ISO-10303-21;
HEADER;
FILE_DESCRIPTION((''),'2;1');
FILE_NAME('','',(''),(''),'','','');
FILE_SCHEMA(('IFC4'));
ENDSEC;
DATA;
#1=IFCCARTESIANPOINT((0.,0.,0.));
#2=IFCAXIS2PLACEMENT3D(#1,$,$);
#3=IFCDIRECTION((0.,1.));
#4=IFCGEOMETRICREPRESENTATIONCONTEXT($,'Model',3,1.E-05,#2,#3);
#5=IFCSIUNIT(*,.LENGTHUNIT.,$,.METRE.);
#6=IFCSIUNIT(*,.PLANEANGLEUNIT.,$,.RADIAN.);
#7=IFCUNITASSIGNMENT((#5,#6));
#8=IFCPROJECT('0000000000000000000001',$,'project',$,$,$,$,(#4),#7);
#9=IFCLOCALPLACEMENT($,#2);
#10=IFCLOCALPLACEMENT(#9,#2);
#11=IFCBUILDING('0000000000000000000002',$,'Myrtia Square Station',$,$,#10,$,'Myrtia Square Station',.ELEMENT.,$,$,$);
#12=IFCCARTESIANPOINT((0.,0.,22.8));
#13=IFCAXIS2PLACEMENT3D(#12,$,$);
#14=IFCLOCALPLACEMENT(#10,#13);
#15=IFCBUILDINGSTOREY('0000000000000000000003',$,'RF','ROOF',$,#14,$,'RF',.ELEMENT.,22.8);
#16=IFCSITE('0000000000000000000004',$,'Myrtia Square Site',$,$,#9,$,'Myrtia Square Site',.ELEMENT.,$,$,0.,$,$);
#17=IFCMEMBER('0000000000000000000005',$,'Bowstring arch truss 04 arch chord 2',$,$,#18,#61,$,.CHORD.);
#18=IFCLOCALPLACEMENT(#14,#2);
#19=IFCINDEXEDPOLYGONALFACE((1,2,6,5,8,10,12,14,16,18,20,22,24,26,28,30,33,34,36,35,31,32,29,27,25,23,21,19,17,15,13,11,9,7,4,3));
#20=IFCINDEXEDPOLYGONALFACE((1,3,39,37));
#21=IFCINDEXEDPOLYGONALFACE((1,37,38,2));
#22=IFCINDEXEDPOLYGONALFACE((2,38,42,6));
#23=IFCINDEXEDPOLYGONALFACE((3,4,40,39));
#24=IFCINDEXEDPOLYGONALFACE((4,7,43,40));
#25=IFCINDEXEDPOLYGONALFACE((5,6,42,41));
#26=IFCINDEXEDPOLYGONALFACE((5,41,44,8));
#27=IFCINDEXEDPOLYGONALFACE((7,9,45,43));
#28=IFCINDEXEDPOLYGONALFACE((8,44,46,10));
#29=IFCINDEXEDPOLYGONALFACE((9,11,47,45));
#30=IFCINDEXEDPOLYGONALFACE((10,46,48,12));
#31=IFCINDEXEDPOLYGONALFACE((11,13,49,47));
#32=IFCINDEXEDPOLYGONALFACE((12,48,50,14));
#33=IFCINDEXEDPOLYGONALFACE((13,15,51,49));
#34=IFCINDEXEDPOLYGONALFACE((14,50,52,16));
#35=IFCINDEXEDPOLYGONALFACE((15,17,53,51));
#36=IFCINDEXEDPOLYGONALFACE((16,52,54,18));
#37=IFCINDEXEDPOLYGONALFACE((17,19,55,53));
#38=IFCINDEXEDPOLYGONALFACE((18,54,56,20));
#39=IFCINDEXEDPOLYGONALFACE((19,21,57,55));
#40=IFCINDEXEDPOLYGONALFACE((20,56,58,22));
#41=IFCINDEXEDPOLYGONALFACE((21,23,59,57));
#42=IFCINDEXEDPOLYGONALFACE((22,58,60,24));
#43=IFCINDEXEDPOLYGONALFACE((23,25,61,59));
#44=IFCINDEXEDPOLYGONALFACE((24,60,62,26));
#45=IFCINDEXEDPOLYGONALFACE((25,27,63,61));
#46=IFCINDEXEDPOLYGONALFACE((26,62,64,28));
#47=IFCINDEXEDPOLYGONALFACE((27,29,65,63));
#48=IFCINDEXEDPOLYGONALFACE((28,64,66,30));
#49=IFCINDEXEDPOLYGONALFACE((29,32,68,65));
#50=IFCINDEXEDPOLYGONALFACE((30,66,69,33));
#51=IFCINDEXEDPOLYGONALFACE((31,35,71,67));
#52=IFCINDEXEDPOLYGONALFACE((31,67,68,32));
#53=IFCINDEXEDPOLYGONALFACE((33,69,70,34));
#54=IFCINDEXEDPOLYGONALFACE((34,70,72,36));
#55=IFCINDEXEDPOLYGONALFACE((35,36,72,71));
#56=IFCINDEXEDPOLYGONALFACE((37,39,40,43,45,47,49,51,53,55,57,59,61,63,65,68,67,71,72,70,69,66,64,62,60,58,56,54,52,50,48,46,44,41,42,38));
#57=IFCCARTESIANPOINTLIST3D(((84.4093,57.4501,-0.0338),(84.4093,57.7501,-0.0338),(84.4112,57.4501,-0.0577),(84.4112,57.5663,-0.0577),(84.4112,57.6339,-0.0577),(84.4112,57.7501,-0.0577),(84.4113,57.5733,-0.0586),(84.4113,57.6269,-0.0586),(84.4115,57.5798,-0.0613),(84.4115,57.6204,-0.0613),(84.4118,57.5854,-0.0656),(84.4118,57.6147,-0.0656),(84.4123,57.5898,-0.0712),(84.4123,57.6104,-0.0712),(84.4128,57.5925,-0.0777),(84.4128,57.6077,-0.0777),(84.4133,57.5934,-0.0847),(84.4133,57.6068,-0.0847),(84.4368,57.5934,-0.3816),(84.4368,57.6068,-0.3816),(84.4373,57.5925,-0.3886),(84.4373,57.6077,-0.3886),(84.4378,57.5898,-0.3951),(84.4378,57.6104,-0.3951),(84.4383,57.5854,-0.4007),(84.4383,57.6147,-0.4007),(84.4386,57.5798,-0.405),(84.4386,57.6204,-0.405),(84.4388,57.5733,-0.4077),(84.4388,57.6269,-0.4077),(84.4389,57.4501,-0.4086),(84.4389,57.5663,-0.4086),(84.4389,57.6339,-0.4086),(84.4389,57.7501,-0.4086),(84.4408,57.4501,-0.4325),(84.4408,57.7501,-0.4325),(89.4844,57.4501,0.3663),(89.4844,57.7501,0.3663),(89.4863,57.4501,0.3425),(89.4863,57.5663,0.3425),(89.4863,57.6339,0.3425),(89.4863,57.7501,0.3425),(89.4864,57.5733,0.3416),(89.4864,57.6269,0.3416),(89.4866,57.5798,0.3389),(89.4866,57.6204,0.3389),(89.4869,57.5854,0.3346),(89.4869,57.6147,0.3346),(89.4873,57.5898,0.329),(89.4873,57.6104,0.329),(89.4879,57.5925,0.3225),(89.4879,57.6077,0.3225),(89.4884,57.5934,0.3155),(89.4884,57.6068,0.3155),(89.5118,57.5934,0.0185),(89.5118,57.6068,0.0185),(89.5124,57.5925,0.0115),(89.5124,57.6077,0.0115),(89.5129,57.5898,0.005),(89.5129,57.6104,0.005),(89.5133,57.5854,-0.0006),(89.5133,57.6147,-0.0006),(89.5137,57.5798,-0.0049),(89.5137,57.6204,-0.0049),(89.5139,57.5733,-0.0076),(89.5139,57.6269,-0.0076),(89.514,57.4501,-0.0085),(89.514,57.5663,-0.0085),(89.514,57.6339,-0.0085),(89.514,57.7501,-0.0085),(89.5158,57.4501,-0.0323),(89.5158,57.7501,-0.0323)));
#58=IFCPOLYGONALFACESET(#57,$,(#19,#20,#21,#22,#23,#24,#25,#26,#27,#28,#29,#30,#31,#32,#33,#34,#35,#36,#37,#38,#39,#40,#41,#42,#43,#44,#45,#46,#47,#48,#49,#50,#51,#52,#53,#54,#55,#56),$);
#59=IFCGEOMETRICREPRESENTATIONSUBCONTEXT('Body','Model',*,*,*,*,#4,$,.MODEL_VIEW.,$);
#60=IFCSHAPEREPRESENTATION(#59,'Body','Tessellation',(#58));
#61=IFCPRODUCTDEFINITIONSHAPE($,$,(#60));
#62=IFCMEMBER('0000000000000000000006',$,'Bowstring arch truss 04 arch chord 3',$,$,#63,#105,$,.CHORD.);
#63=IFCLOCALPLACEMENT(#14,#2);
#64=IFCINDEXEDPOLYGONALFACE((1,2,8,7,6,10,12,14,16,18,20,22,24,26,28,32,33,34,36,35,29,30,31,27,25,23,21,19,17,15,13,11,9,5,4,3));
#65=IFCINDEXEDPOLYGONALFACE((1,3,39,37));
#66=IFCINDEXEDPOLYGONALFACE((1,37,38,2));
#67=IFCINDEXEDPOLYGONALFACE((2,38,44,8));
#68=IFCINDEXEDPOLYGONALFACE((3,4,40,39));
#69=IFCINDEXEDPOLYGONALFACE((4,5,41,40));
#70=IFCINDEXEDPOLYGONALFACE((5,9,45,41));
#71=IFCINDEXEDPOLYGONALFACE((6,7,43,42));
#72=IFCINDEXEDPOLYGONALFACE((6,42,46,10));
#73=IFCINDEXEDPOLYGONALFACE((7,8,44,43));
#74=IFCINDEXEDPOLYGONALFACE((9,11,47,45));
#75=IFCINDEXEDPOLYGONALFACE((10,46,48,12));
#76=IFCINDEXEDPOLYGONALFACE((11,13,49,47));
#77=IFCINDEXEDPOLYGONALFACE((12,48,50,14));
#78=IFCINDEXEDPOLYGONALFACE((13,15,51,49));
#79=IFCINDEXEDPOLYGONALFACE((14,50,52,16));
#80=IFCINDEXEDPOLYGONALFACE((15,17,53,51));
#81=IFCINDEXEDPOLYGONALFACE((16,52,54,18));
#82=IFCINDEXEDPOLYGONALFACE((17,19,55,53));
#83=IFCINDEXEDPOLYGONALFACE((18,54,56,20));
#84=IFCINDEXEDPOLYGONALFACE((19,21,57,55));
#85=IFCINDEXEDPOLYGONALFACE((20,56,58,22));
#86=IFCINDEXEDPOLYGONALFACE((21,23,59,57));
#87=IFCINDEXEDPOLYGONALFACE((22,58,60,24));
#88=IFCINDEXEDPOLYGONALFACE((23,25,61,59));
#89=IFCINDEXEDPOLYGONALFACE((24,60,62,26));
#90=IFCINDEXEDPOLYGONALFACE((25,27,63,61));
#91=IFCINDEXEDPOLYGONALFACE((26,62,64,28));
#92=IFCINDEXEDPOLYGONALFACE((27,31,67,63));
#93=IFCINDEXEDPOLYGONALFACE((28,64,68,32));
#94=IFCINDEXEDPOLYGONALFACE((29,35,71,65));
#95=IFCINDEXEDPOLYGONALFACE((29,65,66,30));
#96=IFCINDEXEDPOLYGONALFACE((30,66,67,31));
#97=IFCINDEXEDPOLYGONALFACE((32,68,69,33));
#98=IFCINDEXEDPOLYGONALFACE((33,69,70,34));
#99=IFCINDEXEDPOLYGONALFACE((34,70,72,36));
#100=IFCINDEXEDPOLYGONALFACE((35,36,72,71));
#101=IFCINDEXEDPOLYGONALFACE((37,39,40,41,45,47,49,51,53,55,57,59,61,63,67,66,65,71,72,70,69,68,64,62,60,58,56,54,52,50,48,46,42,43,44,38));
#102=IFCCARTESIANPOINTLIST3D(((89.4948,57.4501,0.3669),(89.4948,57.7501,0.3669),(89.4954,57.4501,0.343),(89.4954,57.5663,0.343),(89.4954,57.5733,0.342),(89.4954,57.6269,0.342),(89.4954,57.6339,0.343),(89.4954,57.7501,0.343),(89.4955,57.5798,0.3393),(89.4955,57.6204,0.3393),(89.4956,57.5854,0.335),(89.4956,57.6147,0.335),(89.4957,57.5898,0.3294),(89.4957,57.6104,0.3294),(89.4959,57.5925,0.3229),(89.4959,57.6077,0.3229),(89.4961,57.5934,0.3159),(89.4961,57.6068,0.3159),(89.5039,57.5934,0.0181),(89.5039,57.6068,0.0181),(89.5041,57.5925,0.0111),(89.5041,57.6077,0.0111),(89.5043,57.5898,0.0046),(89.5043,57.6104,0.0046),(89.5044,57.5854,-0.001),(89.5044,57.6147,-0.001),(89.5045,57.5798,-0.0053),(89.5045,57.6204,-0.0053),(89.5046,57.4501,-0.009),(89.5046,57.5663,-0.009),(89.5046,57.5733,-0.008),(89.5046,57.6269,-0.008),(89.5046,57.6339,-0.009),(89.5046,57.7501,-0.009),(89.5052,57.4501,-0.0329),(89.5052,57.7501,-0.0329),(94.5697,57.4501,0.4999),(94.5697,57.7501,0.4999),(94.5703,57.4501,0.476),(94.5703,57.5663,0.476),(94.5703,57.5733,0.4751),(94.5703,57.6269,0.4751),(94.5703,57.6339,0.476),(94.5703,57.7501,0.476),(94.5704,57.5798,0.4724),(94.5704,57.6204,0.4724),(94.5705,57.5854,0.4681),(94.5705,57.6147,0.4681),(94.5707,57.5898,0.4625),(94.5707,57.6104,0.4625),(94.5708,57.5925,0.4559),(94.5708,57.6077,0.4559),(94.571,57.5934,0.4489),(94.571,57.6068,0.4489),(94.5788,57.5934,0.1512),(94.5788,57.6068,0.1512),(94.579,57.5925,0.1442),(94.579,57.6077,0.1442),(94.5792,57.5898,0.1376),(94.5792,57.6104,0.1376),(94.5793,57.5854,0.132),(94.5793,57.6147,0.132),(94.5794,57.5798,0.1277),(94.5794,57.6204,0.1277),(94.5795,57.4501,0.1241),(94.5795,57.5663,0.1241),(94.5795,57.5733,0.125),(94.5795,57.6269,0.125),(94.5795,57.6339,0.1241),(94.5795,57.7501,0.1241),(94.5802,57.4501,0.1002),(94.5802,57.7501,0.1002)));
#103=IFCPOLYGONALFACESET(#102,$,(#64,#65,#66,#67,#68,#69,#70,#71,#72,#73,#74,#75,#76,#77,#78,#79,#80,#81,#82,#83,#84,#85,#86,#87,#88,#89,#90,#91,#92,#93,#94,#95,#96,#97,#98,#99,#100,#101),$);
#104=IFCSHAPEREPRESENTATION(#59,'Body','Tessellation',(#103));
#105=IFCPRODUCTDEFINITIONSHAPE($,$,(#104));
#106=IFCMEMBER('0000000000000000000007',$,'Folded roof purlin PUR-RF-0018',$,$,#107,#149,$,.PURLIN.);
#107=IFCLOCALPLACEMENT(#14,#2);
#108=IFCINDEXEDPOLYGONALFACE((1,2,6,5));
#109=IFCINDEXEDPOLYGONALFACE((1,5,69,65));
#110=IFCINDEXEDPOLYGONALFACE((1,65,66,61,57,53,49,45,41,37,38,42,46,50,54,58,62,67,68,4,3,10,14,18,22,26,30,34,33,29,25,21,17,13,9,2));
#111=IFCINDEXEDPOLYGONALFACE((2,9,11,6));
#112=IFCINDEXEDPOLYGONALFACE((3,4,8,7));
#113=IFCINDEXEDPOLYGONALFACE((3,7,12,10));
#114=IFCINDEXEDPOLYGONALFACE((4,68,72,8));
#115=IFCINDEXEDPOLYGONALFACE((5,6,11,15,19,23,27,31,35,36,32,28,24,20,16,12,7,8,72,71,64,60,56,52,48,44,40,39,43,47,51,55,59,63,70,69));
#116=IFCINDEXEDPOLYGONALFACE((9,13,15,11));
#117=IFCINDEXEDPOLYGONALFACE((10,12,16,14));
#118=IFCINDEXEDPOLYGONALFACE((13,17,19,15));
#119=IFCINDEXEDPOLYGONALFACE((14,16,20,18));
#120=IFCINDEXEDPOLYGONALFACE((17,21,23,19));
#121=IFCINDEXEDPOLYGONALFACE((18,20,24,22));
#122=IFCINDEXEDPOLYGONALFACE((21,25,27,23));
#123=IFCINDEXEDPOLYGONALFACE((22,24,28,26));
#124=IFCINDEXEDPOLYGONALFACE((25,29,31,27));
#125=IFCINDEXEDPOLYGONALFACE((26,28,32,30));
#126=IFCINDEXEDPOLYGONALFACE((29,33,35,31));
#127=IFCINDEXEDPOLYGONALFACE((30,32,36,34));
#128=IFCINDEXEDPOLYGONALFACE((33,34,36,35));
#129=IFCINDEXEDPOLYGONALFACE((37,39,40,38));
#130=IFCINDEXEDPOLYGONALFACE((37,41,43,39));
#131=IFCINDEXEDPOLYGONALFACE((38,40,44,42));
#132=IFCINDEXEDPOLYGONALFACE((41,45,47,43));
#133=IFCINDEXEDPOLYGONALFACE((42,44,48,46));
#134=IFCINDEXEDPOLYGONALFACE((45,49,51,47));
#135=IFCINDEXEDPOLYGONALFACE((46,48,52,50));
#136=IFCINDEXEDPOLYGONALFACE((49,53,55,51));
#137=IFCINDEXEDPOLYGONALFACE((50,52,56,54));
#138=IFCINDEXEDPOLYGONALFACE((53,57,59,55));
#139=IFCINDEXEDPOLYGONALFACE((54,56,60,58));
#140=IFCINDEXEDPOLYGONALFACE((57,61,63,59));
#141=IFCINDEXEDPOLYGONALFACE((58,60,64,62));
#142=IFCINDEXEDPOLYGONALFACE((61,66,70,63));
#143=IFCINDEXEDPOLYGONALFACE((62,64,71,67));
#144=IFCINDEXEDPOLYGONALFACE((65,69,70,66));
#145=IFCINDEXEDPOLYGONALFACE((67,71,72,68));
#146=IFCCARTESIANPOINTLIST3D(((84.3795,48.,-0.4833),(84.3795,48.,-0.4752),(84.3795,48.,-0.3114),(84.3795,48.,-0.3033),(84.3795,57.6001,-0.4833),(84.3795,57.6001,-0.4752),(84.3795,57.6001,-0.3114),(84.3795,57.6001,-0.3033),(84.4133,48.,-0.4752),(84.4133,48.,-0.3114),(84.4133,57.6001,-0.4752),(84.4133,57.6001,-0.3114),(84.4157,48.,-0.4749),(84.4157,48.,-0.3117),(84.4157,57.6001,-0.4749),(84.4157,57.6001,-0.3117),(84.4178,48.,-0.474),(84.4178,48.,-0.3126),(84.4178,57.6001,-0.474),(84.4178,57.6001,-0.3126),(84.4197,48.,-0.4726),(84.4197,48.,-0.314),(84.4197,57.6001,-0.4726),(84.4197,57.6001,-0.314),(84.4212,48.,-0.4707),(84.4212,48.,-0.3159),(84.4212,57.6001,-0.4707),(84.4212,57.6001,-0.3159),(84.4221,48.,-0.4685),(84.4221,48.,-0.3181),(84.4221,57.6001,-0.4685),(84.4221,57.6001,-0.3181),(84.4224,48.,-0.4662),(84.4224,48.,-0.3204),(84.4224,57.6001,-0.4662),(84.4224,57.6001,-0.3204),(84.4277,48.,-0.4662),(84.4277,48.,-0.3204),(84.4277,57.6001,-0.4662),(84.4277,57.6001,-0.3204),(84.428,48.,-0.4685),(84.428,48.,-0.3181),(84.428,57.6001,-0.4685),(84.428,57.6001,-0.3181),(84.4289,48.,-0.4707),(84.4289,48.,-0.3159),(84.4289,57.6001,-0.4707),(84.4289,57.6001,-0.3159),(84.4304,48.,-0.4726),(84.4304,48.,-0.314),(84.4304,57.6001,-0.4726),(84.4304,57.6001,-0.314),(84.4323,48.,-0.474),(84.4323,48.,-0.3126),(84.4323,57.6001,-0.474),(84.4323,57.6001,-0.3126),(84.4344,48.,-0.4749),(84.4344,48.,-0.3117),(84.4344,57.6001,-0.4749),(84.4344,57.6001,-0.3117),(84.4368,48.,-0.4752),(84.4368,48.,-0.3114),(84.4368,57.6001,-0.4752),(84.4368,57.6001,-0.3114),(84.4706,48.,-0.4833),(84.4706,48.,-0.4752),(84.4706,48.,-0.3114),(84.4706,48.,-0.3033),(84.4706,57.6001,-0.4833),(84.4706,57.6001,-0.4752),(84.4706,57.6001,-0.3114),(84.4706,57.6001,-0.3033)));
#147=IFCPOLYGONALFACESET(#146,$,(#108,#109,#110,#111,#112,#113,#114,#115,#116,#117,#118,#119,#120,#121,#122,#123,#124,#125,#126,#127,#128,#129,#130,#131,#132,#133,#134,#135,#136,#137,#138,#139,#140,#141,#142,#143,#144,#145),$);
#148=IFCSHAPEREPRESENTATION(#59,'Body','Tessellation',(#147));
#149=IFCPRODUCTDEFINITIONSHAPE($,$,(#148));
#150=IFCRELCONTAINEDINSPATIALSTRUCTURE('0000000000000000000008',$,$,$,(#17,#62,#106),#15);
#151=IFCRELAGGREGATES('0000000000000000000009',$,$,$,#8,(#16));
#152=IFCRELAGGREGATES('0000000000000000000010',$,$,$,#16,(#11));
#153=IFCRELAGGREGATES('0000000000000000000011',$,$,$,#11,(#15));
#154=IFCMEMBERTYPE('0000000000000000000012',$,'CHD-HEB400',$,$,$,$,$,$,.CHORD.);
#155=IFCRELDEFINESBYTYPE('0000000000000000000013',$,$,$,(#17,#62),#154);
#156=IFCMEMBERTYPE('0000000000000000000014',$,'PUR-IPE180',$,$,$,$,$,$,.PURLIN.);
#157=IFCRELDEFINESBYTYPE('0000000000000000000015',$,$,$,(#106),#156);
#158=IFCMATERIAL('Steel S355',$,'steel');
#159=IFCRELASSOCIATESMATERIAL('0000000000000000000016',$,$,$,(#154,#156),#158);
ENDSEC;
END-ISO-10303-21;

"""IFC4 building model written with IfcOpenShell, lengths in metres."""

from ifc_helpers import new_model, si_unit, direction, frame, origin, origin_2d, place, context, subcontext, project, spatial, i_section, extrude, material, material_profile, profile_set, type_object, element, save


model = new_model("IFC4")

# Units and contexts
model_context = context("Model", 3, precision=1e-05, world=origin(), true_north=direction((0.0, 1.0)))
body_context = subcontext(model_context, "Body", "Model", "MODEL_VIEW")
ifc_project = project(units=[si_unit("LENGTHUNIT", "METRE"), si_unit("PLANEANGLEUNIT", "RADIAN")], contexts=[model_context])

# Site, building, storey
site_placement = place(None, origin())
site = spatial("IfcSite", under=ifc_project, at=site_placement, Name="Myrtia Square Site", LongName="Myrtia Square Site", CompositionType="ELEMENT", RefElevation=0.0)
building_placement = place(site_placement, origin())
building = spatial("IfcBuilding", under=site, at=building_placement, Name="Myrtia Square Station", LongName="Myrtia Square Station", CompositionType="ELEMENT")
storey_placement = place(building_placement, frame((0.0, 0.0, 22.8)))
storey = spatial("IfcBuildingStorey", under=building, at=storey_placement, Name="RF", Description="ROOF", LongName="RF", CompositionType="ELEMENT", Elevation=22.8)

# Members
ifc_material_1 = material(Name="Steel S355", Category="steel")
ifc_material_profile_1 = material_profile(ifc_material_1, i_section(OverallWidth=0.3, OverallDepth=0.3999, WebThickness=0.0134, FlangeThickness=0.0239, FilletRadius=0.0271, at=origin_2d()), Name="HEB 400")
ifc_profile_set_1 = profile_set([ifc_material_profile_1], Name="Steel S355")
member_type_1 = type_object("IfcMemberType", Name="CHD-HEB400", PredefinedType="CHORD", material=ifc_profile_set_1)
member_1_placement = place(storey_placement, frame((84.425, 57.6001, -0.2332), z_axis=(0.996906, 0.0, 0.078603), x_axis=(0.0, 1.0, 0.0)))
element("IfcMember", 1, at=member_1_placement, inside=storey, type_object=member_type_1, Name="Bowstring arch truss 04 arch chord 2", PredefinedType="CHORD", context=body_context, shape_type="SweptSolid", body=[
    extrude(i_section(OverallWidth=0.3, OverallDepth=0.3999, WebThickness=0.0134, FlangeThickness=0.0239, FilletRadius=0.0271, at=origin_2d()), origin(), (0.0, 0.0, 1.0), 5.0908),
])
member_2_placement = place(storey_placement, frame((89.5, 57.6001, 0.167), z_axis=(0.999656, 0.0, 0.026209), x_axis=(0.0, 1.0, 0.0)))
element("IfcMember", 2, at=member_2_placement, inside=storey, type_object=member_type_1, Name="Bowstring arch truss 04 arch chord 3", PredefinedType="CHORD", context=body_context, shape_type="SweptSolid", body=[
    extrude(i_section(OverallWidth=0.3, OverallDepth=0.3999, WebThickness=0.0134, FlangeThickness=0.0239, FilletRadius=0.0271, at=origin_2d()), origin(), (0.0, 0.0, 1.0), 5.0767),
])
ifc_material_profile_2 = material_profile(ifc_material_1, i_section(OverallWidth=0.0911, OverallDepth=0.1799, WebThickness=0.0054, FlangeThickness=0.0081, FilletRadius=0.009, at=origin_2d()), Name="IPE 180")
ifc_profile_set_2 = profile_set([ifc_material_profile_2], Name="Steel S355")
member_type_2 = type_object("IfcMemberType", Name="PUR-IPE180", PredefinedType="PURLIN", material=ifc_profile_set_2)
member_3_placement = place(storey_placement, frame((84.425, 48.0, -0.3933), z_axis=(0.0, 1.0, 0.0), x_axis=(-1.0, 0.0, 0.0)))
element("IfcMember", 3, at=member_3_placement, inside=storey, type_object=member_type_2, Name="Folded roof purlin PUR-RF-0018", PredefinedType="PURLIN", context=body_context, shape_type="SweptSolid", body=[
    extrude(i_section(OverallWidth=0.0911, OverallDepth=0.1799, WebThickness=0.0054, FlangeThickness=0.0081, FilletRadius=0.009, at=origin_2d()), origin(), (0.0, 0.0, 1.0), 9.6001),
])

save(model, "model.ifc")
